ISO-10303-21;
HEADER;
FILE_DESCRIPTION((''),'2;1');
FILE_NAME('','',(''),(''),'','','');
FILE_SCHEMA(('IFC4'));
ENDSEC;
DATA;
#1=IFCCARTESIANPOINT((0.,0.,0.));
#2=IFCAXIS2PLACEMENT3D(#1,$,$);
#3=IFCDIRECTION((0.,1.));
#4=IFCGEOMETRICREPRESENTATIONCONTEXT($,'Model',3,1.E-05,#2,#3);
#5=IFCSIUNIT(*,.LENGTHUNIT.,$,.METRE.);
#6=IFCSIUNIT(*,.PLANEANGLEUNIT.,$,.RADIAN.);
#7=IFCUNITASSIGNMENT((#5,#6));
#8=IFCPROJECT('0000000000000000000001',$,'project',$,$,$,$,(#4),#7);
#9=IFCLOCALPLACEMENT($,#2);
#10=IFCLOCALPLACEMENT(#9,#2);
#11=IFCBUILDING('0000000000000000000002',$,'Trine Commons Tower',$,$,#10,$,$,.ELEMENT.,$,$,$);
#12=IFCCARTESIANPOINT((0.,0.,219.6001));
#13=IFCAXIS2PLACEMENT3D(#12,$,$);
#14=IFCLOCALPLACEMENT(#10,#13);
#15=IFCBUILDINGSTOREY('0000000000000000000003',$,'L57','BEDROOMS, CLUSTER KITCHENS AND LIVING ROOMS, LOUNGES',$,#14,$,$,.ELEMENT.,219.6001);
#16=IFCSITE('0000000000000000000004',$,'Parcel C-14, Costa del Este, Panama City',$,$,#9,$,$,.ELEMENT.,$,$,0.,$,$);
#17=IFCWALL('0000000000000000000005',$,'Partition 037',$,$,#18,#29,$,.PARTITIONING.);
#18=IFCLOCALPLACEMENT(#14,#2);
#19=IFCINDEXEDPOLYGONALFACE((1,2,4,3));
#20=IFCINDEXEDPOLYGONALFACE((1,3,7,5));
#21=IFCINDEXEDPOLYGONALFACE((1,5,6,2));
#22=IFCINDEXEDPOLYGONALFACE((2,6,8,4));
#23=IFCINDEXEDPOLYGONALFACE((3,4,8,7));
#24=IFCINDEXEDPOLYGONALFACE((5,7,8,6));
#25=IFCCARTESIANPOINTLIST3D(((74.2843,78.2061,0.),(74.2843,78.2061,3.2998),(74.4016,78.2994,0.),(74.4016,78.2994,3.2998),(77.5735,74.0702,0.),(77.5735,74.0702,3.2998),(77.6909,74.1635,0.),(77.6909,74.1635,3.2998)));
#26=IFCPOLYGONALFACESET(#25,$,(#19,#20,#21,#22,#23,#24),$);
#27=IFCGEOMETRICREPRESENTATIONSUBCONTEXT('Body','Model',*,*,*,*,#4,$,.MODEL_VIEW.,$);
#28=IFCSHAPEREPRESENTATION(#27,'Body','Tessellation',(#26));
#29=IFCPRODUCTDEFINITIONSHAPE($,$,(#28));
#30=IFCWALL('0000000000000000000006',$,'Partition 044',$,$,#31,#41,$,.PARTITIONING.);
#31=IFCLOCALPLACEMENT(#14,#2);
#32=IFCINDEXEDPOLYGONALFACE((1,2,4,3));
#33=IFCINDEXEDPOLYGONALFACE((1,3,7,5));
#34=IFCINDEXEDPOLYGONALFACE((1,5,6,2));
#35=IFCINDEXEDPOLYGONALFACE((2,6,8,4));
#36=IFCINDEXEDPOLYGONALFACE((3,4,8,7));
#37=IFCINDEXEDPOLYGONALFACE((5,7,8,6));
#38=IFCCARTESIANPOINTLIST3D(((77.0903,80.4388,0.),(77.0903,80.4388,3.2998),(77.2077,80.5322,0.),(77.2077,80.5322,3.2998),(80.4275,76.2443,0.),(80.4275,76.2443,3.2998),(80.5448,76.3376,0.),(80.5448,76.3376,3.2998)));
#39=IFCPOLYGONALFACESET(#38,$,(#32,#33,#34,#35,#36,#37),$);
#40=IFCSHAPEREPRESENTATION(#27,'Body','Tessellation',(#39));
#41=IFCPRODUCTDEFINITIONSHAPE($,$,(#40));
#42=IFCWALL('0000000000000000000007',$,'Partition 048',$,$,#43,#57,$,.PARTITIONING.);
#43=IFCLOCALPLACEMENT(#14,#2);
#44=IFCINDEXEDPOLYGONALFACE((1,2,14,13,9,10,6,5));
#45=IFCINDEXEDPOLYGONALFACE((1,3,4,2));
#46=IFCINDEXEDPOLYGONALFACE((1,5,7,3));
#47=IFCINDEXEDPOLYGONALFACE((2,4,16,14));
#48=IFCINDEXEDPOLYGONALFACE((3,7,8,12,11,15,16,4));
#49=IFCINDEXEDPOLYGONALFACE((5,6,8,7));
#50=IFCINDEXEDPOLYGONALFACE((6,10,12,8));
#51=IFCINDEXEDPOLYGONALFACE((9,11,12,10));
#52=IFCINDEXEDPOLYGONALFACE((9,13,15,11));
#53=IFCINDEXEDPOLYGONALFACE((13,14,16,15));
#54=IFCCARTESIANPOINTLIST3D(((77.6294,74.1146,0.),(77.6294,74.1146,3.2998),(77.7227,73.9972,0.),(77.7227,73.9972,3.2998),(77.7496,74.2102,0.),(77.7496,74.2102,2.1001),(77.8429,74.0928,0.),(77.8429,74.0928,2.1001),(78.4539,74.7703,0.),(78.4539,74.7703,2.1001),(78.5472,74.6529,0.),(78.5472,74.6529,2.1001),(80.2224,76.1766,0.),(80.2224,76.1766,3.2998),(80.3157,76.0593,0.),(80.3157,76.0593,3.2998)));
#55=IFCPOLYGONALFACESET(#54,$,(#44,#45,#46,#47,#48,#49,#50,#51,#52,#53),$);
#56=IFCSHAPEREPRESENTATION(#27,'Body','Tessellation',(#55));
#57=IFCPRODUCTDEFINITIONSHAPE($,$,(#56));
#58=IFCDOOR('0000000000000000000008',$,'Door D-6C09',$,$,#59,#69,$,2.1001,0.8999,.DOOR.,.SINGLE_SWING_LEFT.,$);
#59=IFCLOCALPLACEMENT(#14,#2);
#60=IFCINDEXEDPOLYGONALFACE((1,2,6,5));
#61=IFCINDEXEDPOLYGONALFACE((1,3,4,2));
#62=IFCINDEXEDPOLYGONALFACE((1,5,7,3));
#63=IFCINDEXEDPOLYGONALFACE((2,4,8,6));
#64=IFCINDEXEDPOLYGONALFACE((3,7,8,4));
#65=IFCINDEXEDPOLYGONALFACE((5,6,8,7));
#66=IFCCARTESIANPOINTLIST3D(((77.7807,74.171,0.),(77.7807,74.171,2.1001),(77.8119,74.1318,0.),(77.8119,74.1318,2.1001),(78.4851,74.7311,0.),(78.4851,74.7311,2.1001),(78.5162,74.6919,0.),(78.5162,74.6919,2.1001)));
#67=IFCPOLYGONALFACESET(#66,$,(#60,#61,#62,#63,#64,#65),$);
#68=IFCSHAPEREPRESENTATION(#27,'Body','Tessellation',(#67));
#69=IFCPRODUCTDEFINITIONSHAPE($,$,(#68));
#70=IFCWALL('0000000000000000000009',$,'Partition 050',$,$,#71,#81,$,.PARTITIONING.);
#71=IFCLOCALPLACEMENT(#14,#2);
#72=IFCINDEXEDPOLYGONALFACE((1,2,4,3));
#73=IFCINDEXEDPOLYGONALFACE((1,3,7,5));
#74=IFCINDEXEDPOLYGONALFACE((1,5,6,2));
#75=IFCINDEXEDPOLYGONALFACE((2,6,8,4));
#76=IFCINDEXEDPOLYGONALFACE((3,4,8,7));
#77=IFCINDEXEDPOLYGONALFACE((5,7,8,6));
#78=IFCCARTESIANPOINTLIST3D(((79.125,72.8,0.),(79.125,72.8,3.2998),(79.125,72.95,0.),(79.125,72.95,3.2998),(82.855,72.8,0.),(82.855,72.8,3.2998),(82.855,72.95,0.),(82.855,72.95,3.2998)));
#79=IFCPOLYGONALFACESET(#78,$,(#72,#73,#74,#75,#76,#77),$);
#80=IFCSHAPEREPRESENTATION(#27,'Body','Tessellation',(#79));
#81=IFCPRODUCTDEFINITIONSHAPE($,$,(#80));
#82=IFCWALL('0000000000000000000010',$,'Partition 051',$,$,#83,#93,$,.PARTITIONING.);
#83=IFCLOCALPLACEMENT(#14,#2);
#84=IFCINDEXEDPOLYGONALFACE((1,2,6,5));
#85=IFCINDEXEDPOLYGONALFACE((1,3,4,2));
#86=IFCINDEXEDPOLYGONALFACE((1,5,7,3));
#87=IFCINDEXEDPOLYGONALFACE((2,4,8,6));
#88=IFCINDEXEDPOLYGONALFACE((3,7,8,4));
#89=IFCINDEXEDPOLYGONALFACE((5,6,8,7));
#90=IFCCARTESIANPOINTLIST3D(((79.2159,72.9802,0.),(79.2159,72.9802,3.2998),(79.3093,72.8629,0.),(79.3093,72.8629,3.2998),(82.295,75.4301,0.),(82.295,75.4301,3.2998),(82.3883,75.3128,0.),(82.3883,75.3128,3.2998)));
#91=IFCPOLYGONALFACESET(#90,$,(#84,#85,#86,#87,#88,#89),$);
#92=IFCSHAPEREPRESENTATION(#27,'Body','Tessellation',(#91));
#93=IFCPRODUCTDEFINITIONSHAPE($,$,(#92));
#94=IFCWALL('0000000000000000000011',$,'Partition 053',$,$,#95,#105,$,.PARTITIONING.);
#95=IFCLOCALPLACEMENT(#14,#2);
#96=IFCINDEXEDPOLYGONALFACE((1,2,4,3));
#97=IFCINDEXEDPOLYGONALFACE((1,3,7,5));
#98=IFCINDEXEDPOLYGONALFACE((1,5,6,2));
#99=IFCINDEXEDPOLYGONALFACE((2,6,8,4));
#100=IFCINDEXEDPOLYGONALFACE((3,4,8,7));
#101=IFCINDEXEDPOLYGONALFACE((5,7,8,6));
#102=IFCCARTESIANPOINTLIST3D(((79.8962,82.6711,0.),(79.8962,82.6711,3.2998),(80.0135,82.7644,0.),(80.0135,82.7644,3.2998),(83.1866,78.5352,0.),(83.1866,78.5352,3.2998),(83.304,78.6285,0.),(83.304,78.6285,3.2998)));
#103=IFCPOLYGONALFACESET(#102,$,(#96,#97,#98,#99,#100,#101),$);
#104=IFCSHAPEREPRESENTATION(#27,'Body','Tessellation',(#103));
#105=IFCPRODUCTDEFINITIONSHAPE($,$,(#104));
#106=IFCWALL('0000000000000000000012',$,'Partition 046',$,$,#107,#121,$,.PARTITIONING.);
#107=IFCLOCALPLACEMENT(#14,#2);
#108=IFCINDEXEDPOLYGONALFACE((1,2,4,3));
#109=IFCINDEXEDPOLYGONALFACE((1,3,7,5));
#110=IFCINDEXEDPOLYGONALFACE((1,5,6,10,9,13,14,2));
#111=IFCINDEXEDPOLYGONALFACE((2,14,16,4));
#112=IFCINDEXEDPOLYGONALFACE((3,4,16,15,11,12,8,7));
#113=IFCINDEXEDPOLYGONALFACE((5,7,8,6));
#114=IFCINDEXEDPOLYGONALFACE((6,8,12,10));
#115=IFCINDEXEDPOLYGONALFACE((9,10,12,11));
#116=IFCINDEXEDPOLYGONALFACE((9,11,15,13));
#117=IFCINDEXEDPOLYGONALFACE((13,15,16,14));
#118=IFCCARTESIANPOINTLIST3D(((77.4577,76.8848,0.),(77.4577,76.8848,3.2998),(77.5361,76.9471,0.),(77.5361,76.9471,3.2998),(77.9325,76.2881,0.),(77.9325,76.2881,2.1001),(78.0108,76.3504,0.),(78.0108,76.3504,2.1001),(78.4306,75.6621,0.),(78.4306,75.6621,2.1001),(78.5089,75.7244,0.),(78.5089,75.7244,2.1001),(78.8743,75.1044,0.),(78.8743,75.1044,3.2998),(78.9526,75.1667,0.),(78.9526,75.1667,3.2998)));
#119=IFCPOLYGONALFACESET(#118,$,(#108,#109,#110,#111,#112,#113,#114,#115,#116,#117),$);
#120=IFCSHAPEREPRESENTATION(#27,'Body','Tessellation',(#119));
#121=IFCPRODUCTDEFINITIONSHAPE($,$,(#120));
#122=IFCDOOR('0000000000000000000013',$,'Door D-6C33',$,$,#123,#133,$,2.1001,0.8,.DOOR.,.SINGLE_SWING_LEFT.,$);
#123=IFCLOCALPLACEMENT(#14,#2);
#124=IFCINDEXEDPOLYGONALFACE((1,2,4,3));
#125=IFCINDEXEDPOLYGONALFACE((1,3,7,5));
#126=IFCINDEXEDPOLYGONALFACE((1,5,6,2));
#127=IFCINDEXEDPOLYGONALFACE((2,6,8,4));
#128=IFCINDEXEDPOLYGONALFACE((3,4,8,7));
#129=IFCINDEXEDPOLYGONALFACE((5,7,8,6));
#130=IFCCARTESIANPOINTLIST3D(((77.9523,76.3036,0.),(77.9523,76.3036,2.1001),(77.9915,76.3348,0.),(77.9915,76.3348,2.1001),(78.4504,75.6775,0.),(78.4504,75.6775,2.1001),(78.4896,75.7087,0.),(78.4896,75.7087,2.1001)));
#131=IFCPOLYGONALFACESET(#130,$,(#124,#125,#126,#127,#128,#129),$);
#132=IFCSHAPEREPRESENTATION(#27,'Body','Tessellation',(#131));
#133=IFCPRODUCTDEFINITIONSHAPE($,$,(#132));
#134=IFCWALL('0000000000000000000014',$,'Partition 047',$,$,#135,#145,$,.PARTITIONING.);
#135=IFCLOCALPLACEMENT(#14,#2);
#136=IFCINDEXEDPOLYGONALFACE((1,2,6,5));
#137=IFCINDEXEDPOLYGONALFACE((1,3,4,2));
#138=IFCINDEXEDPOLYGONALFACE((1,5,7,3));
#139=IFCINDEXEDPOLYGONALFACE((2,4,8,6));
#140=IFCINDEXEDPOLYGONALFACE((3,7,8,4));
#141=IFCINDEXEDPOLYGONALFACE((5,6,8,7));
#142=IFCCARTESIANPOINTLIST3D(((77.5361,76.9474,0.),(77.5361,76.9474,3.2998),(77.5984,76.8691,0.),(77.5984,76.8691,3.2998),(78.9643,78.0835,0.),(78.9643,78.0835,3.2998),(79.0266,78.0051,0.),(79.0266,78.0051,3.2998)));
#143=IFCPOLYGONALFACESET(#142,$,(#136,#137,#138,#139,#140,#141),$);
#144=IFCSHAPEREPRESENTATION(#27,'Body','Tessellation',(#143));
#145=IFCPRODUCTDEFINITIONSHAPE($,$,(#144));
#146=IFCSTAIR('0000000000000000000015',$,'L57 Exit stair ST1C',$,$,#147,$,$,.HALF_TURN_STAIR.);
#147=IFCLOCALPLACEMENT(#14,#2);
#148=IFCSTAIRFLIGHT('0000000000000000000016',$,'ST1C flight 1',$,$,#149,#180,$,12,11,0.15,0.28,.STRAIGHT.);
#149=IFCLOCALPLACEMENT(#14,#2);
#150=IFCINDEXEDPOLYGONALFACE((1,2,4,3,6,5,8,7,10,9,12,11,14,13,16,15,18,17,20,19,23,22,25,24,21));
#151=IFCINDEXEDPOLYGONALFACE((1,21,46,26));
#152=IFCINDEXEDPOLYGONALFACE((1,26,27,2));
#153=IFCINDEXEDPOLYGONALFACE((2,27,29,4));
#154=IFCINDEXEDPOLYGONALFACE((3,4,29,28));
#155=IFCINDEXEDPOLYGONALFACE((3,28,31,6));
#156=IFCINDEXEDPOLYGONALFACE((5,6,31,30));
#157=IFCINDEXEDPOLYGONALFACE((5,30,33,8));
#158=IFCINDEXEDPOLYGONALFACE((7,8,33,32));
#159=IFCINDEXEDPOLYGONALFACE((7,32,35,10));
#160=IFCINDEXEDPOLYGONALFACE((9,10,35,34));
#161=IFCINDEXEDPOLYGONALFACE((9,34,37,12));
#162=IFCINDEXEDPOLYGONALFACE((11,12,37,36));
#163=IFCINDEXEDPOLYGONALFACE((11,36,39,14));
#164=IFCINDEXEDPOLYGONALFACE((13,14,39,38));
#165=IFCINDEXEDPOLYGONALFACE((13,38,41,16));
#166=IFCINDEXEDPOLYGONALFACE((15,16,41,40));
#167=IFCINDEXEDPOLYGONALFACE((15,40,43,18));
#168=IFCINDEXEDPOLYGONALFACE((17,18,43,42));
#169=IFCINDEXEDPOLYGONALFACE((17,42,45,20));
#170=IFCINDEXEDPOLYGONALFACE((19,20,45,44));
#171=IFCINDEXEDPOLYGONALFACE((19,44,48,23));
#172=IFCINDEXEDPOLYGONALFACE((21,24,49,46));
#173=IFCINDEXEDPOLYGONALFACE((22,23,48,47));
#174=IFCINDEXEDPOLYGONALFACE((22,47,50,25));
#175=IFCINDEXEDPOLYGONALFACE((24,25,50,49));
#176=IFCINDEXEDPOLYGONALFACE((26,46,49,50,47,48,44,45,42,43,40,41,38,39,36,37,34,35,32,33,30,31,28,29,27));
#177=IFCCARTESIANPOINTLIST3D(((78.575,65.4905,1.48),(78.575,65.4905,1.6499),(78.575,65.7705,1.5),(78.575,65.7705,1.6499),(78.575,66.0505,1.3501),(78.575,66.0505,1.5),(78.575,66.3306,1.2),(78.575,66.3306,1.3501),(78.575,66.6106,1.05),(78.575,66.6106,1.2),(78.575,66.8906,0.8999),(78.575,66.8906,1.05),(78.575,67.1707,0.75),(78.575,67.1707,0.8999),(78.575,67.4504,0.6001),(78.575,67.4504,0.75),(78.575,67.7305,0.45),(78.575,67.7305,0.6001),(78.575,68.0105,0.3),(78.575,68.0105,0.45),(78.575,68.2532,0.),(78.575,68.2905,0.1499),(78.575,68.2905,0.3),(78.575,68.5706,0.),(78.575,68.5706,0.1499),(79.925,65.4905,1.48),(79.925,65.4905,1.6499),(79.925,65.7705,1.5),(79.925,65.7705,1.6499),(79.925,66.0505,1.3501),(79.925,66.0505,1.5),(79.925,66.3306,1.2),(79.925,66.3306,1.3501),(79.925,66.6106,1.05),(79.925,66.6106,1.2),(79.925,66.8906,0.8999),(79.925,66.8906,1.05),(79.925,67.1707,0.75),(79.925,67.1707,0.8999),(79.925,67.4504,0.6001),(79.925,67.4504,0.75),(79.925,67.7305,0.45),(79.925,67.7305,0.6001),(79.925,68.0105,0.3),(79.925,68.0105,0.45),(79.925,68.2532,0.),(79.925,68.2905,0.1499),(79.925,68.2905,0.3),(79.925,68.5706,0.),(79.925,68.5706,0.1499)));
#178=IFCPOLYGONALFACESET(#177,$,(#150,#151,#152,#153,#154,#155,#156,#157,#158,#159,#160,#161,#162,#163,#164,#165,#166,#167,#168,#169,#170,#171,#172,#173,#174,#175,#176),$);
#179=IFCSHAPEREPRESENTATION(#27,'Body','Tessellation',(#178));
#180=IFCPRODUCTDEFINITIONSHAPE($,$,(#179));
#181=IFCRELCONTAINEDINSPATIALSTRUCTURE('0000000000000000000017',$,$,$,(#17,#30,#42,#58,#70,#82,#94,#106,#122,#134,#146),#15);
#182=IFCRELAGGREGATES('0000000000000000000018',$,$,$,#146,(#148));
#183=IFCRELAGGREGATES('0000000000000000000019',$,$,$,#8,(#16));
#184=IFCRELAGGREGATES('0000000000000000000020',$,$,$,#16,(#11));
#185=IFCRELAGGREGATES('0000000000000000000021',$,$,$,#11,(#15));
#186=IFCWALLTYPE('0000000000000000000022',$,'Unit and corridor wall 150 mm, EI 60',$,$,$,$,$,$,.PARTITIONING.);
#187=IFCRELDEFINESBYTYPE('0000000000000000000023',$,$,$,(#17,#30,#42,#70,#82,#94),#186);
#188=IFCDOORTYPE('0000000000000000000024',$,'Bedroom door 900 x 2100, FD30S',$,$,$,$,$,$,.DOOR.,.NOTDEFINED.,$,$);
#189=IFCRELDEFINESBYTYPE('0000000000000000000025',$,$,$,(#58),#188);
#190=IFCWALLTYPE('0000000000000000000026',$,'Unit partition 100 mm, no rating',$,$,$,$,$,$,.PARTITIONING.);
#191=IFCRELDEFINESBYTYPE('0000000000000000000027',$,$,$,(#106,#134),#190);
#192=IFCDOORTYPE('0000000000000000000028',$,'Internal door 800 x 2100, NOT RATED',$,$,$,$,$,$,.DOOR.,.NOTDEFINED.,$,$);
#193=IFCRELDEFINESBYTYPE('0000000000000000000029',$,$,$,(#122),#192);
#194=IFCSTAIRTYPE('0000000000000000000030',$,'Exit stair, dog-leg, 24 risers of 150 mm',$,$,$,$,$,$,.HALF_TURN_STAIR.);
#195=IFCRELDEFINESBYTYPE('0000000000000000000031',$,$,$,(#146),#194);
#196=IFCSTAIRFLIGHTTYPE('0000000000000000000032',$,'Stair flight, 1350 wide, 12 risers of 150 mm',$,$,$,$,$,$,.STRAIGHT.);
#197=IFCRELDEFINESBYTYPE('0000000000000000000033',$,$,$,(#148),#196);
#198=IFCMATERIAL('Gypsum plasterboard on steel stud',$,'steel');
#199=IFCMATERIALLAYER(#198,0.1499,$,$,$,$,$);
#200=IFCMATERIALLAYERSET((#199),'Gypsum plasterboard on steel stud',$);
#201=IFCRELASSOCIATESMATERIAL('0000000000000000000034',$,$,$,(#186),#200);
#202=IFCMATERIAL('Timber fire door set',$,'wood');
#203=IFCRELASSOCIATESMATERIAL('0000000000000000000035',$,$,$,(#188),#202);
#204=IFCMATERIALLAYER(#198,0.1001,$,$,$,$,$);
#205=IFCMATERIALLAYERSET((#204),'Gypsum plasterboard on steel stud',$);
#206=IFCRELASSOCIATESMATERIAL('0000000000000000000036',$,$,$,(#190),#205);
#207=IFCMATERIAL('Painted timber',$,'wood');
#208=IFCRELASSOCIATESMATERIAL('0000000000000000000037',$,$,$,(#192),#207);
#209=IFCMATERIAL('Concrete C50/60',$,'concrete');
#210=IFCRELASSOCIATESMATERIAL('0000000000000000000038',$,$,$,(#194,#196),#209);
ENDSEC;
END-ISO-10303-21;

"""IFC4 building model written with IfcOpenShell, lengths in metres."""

from ifc_helpers import new_model, si_unit, direction, frame, frame_2d, origin, place, context, subcontext, project, spatial, polyline, rectangle, outline, extrude, material, layer, layer_set, type_object, element, fill, aggregate, save


model = new_model("IFC4")

# Units and contexts
model_context = context("Model", 3, precision=1e-05, world=origin(), true_north=direction((0.0, 1.0)))
body_context = subcontext(model_context, "Body", "Model", "MODEL_VIEW")
ifc_project = project(units=[si_unit("LENGTHUNIT", "METRE"), si_unit("PLANEANGLEUNIT", "RADIAN")], contexts=[model_context])

# Site, building, storey
site_placement = place(None, origin())
site = spatial("IfcSite", under=ifc_project, at=site_placement, Name="Parcel C-14, Costa del Este, Panama City", CompositionType="ELEMENT", RefElevation=0.0)
building_placement = place(site_placement, origin())
building = spatial("IfcBuilding", under=site, at=building_placement, Name="Trine Commons Tower", CompositionType="ELEMENT")
storey_placement = place(building_placement, frame((0.0, 0.0, 219.6001)))
storey = spatial("IfcBuildingStorey", under=building, at=storey_placement, Name="L57", Description="BEDROOMS, CLUSTER KITCHENS AND LIVING ROOMS, LOUNGES", CompositionType="ELEMENT", Elevation=219.6001)

# Walls
ifc_material_1 = material(Name="Gypsum plasterboard on steel stud", Category="steel")
ifc_layer_1 = layer(ifc_material_1, 0.1499)
ifc_layer_set_1 = layer_set([ifc_layer_1], Name="Gypsum plasterboard on steel stud")
wall_type_1 = type_object("IfcWallType", Name="Unit and corridor wall 150 mm, EI 60", PredefinedType="PARTITIONING", material=ifc_layer_set_1)
wall_1_placement = place(storey_placement, frame((74.343, 78.2527, 0.0), z_axis=(0.0, 0.0, 1.0), x_axis=(0.622444, -0.782664, 0.0)))
element("IfcWall", 1, at=wall_1_placement, inside=storey, type_object=wall_type_1, Name="Partition 037", PredefinedType="PARTITIONING", context=body_context, shape_type="SweptSolid", body=[
    extrude(rectangle(XDim=5.2844, YDim=0.1499, at=frame_2d((2.6421, 0.0))), origin(), (0.0, 0.0, 1.0), 3.2998),
])
wall_2_placement = place(storey_placement, frame((77.1489, 80.4856, 0.0), z_axis=(0.0, 0.0, 1.0), x_axis=(0.622588, -0.78255, 0.0)))
element("IfcWall", 2, at=wall_2_placement, inside=storey, type_object=wall_type_1, Name="Partition 044", PredefinedType="PARTITIONING", context=body_context, shape_type="SweptSolid", body=[
    extrude(rectangle(XDim=5.3601, YDim=0.1499, at=frame_2d((2.6802, 0.0))), origin(), (0.0, 0.0, 1.0), 3.2998),
])

# Wall, opening, door
wall_3_placement = place(storey_placement, frame((77.676, 74.0559, 0.0), z_axis=(0.0, 0.0, 1.0), x_axis=(0.782692, 0.62241, 0.0)))
wall_3 = element("IfcWall", 3, at=wall_3_placement, inside=storey, type_object=wall_type_1, Name="Partition 048", PredefinedType="PARTITIONING", context=body_context, shape_type="SweptSolid", body=[
    extrude(rectangle(XDim=3.313, YDim=0.1499, at=frame_2d((1.6565, 0.0))), origin(), (0.0, 0.0, 1.0), 3.2998),
])
opening_1_placement = place(wall_3_placement, frame((0.1536, 0.0, 0.0)))
opening_1 = element("IfcOpeningElement", 4, at=opening_1_placement, cuts=wall_3, PredefinedType="OPENING", context=body_context, shape_type="SweptSolid", body=[
    extrude(rectangle(XDim=0.8999, YDim=2.1001, at=frame_2d((0.45, 1.05))), frame((0.0, 0.085, 0.0), z_axis=(0.0, -1.0, 0.0), x_axis=(1.0, 0.0, 0.0)), (0.0, 0.0, 1.0), 0.1699),
])
ifc_material_2 = material(Name="Timber fire door set", Category="wood")
door_type_1 = type_object("IfcDoorType", Name="Bedroom door 900 x 2100, FD30S", OperationType="NOTDEFINED", PredefinedType="DOOR", material=ifc_material_2)
door_1_placement = place(opening_1_placement, origin())
door_1 = element("IfcDoor", 5, at=door_1_placement, inside=storey, type_object=door_type_1, Name="Door D-6C09", OperationType="SINGLE_SWING_LEFT", OverallHeight=2.1001, OverallWidth=0.8999, PredefinedType="DOOR", context=body_context, shape_type="SweptSolid", body=[
    extrude(rectangle(XDim=0.8999, YDim=2.1001, at=frame_2d((0.45, 1.05))), frame((0.0, 0.0249, 0.0), z_axis=(0.0, -1.0, 0.0), x_axis=(1.0, 0.0, 0.0)), (0.0, 0.0, 1.0), 0.05),
])
fill(opening_1, door_1)

# Walls
wall_4_placement = place(storey_placement, frame((79.125, 72.875, 0.0), z_axis=(0.0, 0.0, 1.0), x_axis=(1.0, 0.0, 0.0)))
element("IfcWall", 6, at=wall_4_placement, inside=storey, type_object=wall_type_1, Name="Partition 050", PredefinedType="PARTITIONING", context=body_context, shape_type="SweptSolid", body=[
    extrude(rectangle(XDim=3.73, YDim=0.1499, at=frame_2d((1.865, 0.0))), origin(), (0.0, 0.0, 1.0), 3.2998),
])
wall_5_placement = place(storey_placement, frame((79.2627, 72.9216, 0.0), z_axis=(0.0, 0.0, 1.0), x_axis=(0.782519, 0.622627, 0.0)))
element("IfcWall", 7, at=wall_5_placement, inside=storey, type_object=wall_type_1, Name="Partition 051", PredefinedType="PARTITIONING", context=body_context, shape_type="SweptSolid", body=[
    extrude(rectangle(XDim=3.9348, YDim=0.1499, at=frame_2d((1.9673, 0.0))), origin(), (0.0, 0.0, 1.0), 3.2998),
])
wall_6_placement = place(storey_placement, frame((79.9548, 82.7178, 0.0), z_axis=(0.0, 0.0, 1.0), x_axis=(0.622586, -0.782551, 0.0)))
element("IfcWall", 8, at=wall_6_placement, inside=storey, type_object=wall_type_1, Name="Partition 053", PredefinedType="PARTITIONING", context=body_context, shape_type="SweptSolid", body=[
    extrude(rectangle(XDim=5.2852, YDim=0.1499, at=frame_2d((2.6426, 0.0))), origin(), (0.0, 0.0, 1.0), 3.2998),
])

# Wall, opening, door
ifc_layer_2 = layer(ifc_material_1, 0.1001)
ifc_layer_set_2 = layer_set([ifc_layer_2], Name="Gypsum plasterboard on steel stud")
wall_type_2 = type_object("IfcWallType", Name="Unit partition 100 mm, no rating", PredefinedType="PARTITIONING", material=ifc_layer_set_2)
wall_7_placement = place(storey_placement, frame((77.4968, 76.916, 0.0), z_axis=(0.0, 0.0, 1.0), x_axis=(0.622625, -0.78252, 0.0)))
wall_7 = element("IfcWall", 9, at=wall_7_placement, inside=storey, type_object=wall_type_2, Name="Partition 046", PredefinedType="PARTITIONING", context=body_context, shape_type="SweptSolid", body=[
    extrude(rectangle(XDim=2.2751, YDim=0.1001, at=frame_2d((1.1377, 0.0))), origin(), (0.0, 0.0, 1.0), 3.2998),
])
opening_2_placement = place(wall_7_placement, frame((0.7627, 0.0, 0.0)))
opening_2 = element("IfcOpeningElement", 10, at=opening_2_placement, cuts=wall_7, PredefinedType="OPENING", context=body_context, shape_type="SweptSolid", body=[
    extrude(rectangle(XDim=0.8, YDim=2.1001, at=frame_2d((0.3999, 1.05))), frame((0.0, 0.0601, 0.0), z_axis=(0.0, -1.0, 0.0), x_axis=(1.0, 0.0, 0.0)), (0.0, 0.0, 1.0), 0.1201),
])
ifc_material_3 = material(Name="Painted timber", Category="wood")
door_type_2 = type_object("IfcDoorType", Name="Internal door 800 x 2100, NOT RATED", OperationType="NOTDEFINED", PredefinedType="DOOR", material=ifc_material_3)
door_2_placement = place(opening_2_placement, frame((0.8, 0.0, 0.0), z_axis=(0.0, 0.0, 1.0), x_axis=(-1.0, 0.0, 0.0)))
door_2 = element("IfcDoor", 11, at=door_2_placement, inside=storey, type_object=door_type_2, Name="Door D-6C33", OperationType="SINGLE_SWING_LEFT", OverallHeight=2.1001, OverallWidth=0.8, PredefinedType="DOOR", context=body_context, shape_type="SweptSolid", body=[
    extrude(rectangle(XDim=0.8, YDim=2.1001, at=frame_2d((0.3999, 1.05))), frame((0.0, 0.0249, 0.0), z_axis=(0.0, -1.0, 0.0), x_axis=(1.0, 0.0, 0.0)), (0.0, 0.0, 1.0), 0.05),
])
fill(opening_2, door_2)

# Wall
wall_8_placement = place(storey_placement, frame((77.5671, 76.9082, 0.0), z_axis=(0.0, 0.0, 1.0), x_axis=(0.782628, 0.62249, 0.0)))
element("IfcWall", 12, at=wall_8_placement, inside=storey, type_object=wall_type_2, Name="Partition 047", PredefinedType="PARTITIONING", context=body_context, shape_type="SweptSolid", body=[
    extrude(rectangle(XDim=1.825, YDim=0.1001, at=frame_2d((0.9126, 0.0))), origin(), (0.0, 0.0, 1.0), 3.2998),
])

# Stair, stair flight
ifc_material_4 = material(Name="Concrete C50/60", Category="concrete")
stair_type = type_object("IfcStairType", Name="Exit stair, dog-leg, 24 risers of 150 mm", PredefinedType="HALF_TURN_STAIR", material=ifc_material_4)
stair_placement = place(storey_placement, origin())
stair = element("IfcStair", 13, at=stair_placement, inside=storey, type_object=stair_type, Name="L57 Exit stair ST1C", PredefinedType="HALF_TURN_STAIR")
stair_flight_type = type_object("IfcStairFlightType", Name="Stair flight, 1350 wide, 12 risers of 150 mm", PredefinedType="STRAIGHT", material=ifc_material_4)
stair_flight_placement = place(storey_placement, frame((79.25, 68.5706, 0.0), z_axis=(0.0, 0.0, 1.0), x_axis=(0.0, -1.0, 0.0)))
stair_flight = element("IfcStairFlight", 14, at=stair_flight_placement, type_object=stair_flight_type, Name="ST1C flight 1", NumberOfRisers=12, NumberOfTreads=11, PredefinedType="STRAIGHT", RiserHeight=0.15, TreadLength=0.28, context=body_context, shape_type="SweptSolid", body=[
    extrude(outline(polyline([(0.0, 0.0), (0.0, 0.1499), (0.28, 0.1499), (0.28, 0.3), (0.5601, 0.3), (0.5601, 0.45), (0.8401, 0.45), (0.8401, 0.6001), (1.1201, 0.6001), (1.1201, 0.75), (1.3999, 0.75), (1.3999, 0.8999), (1.6799, 0.8999), (1.6799, 1.05), (1.96, 1.05), (1.96, 1.2), (2.24, 1.2), (2.24, 1.3501), (2.52, 1.3501), (2.52, 1.5), (2.8, 1.5), (2.8, 1.6499), (3.0801, 1.6499), (3.0801, 1.8), (3.0801, 1.48), (0.3174, 0.0), (0.0, 0.0)])), frame((0.0, 0.675, 0.0), z_axis=(0.0, -1.0, 0.0), x_axis=(1.0, 0.0, 0.0)), (0.0, 0.0, 1.0), 1.3501),
])
aggregate(stair, [stair_flight])

save(model, "model.ifc")
